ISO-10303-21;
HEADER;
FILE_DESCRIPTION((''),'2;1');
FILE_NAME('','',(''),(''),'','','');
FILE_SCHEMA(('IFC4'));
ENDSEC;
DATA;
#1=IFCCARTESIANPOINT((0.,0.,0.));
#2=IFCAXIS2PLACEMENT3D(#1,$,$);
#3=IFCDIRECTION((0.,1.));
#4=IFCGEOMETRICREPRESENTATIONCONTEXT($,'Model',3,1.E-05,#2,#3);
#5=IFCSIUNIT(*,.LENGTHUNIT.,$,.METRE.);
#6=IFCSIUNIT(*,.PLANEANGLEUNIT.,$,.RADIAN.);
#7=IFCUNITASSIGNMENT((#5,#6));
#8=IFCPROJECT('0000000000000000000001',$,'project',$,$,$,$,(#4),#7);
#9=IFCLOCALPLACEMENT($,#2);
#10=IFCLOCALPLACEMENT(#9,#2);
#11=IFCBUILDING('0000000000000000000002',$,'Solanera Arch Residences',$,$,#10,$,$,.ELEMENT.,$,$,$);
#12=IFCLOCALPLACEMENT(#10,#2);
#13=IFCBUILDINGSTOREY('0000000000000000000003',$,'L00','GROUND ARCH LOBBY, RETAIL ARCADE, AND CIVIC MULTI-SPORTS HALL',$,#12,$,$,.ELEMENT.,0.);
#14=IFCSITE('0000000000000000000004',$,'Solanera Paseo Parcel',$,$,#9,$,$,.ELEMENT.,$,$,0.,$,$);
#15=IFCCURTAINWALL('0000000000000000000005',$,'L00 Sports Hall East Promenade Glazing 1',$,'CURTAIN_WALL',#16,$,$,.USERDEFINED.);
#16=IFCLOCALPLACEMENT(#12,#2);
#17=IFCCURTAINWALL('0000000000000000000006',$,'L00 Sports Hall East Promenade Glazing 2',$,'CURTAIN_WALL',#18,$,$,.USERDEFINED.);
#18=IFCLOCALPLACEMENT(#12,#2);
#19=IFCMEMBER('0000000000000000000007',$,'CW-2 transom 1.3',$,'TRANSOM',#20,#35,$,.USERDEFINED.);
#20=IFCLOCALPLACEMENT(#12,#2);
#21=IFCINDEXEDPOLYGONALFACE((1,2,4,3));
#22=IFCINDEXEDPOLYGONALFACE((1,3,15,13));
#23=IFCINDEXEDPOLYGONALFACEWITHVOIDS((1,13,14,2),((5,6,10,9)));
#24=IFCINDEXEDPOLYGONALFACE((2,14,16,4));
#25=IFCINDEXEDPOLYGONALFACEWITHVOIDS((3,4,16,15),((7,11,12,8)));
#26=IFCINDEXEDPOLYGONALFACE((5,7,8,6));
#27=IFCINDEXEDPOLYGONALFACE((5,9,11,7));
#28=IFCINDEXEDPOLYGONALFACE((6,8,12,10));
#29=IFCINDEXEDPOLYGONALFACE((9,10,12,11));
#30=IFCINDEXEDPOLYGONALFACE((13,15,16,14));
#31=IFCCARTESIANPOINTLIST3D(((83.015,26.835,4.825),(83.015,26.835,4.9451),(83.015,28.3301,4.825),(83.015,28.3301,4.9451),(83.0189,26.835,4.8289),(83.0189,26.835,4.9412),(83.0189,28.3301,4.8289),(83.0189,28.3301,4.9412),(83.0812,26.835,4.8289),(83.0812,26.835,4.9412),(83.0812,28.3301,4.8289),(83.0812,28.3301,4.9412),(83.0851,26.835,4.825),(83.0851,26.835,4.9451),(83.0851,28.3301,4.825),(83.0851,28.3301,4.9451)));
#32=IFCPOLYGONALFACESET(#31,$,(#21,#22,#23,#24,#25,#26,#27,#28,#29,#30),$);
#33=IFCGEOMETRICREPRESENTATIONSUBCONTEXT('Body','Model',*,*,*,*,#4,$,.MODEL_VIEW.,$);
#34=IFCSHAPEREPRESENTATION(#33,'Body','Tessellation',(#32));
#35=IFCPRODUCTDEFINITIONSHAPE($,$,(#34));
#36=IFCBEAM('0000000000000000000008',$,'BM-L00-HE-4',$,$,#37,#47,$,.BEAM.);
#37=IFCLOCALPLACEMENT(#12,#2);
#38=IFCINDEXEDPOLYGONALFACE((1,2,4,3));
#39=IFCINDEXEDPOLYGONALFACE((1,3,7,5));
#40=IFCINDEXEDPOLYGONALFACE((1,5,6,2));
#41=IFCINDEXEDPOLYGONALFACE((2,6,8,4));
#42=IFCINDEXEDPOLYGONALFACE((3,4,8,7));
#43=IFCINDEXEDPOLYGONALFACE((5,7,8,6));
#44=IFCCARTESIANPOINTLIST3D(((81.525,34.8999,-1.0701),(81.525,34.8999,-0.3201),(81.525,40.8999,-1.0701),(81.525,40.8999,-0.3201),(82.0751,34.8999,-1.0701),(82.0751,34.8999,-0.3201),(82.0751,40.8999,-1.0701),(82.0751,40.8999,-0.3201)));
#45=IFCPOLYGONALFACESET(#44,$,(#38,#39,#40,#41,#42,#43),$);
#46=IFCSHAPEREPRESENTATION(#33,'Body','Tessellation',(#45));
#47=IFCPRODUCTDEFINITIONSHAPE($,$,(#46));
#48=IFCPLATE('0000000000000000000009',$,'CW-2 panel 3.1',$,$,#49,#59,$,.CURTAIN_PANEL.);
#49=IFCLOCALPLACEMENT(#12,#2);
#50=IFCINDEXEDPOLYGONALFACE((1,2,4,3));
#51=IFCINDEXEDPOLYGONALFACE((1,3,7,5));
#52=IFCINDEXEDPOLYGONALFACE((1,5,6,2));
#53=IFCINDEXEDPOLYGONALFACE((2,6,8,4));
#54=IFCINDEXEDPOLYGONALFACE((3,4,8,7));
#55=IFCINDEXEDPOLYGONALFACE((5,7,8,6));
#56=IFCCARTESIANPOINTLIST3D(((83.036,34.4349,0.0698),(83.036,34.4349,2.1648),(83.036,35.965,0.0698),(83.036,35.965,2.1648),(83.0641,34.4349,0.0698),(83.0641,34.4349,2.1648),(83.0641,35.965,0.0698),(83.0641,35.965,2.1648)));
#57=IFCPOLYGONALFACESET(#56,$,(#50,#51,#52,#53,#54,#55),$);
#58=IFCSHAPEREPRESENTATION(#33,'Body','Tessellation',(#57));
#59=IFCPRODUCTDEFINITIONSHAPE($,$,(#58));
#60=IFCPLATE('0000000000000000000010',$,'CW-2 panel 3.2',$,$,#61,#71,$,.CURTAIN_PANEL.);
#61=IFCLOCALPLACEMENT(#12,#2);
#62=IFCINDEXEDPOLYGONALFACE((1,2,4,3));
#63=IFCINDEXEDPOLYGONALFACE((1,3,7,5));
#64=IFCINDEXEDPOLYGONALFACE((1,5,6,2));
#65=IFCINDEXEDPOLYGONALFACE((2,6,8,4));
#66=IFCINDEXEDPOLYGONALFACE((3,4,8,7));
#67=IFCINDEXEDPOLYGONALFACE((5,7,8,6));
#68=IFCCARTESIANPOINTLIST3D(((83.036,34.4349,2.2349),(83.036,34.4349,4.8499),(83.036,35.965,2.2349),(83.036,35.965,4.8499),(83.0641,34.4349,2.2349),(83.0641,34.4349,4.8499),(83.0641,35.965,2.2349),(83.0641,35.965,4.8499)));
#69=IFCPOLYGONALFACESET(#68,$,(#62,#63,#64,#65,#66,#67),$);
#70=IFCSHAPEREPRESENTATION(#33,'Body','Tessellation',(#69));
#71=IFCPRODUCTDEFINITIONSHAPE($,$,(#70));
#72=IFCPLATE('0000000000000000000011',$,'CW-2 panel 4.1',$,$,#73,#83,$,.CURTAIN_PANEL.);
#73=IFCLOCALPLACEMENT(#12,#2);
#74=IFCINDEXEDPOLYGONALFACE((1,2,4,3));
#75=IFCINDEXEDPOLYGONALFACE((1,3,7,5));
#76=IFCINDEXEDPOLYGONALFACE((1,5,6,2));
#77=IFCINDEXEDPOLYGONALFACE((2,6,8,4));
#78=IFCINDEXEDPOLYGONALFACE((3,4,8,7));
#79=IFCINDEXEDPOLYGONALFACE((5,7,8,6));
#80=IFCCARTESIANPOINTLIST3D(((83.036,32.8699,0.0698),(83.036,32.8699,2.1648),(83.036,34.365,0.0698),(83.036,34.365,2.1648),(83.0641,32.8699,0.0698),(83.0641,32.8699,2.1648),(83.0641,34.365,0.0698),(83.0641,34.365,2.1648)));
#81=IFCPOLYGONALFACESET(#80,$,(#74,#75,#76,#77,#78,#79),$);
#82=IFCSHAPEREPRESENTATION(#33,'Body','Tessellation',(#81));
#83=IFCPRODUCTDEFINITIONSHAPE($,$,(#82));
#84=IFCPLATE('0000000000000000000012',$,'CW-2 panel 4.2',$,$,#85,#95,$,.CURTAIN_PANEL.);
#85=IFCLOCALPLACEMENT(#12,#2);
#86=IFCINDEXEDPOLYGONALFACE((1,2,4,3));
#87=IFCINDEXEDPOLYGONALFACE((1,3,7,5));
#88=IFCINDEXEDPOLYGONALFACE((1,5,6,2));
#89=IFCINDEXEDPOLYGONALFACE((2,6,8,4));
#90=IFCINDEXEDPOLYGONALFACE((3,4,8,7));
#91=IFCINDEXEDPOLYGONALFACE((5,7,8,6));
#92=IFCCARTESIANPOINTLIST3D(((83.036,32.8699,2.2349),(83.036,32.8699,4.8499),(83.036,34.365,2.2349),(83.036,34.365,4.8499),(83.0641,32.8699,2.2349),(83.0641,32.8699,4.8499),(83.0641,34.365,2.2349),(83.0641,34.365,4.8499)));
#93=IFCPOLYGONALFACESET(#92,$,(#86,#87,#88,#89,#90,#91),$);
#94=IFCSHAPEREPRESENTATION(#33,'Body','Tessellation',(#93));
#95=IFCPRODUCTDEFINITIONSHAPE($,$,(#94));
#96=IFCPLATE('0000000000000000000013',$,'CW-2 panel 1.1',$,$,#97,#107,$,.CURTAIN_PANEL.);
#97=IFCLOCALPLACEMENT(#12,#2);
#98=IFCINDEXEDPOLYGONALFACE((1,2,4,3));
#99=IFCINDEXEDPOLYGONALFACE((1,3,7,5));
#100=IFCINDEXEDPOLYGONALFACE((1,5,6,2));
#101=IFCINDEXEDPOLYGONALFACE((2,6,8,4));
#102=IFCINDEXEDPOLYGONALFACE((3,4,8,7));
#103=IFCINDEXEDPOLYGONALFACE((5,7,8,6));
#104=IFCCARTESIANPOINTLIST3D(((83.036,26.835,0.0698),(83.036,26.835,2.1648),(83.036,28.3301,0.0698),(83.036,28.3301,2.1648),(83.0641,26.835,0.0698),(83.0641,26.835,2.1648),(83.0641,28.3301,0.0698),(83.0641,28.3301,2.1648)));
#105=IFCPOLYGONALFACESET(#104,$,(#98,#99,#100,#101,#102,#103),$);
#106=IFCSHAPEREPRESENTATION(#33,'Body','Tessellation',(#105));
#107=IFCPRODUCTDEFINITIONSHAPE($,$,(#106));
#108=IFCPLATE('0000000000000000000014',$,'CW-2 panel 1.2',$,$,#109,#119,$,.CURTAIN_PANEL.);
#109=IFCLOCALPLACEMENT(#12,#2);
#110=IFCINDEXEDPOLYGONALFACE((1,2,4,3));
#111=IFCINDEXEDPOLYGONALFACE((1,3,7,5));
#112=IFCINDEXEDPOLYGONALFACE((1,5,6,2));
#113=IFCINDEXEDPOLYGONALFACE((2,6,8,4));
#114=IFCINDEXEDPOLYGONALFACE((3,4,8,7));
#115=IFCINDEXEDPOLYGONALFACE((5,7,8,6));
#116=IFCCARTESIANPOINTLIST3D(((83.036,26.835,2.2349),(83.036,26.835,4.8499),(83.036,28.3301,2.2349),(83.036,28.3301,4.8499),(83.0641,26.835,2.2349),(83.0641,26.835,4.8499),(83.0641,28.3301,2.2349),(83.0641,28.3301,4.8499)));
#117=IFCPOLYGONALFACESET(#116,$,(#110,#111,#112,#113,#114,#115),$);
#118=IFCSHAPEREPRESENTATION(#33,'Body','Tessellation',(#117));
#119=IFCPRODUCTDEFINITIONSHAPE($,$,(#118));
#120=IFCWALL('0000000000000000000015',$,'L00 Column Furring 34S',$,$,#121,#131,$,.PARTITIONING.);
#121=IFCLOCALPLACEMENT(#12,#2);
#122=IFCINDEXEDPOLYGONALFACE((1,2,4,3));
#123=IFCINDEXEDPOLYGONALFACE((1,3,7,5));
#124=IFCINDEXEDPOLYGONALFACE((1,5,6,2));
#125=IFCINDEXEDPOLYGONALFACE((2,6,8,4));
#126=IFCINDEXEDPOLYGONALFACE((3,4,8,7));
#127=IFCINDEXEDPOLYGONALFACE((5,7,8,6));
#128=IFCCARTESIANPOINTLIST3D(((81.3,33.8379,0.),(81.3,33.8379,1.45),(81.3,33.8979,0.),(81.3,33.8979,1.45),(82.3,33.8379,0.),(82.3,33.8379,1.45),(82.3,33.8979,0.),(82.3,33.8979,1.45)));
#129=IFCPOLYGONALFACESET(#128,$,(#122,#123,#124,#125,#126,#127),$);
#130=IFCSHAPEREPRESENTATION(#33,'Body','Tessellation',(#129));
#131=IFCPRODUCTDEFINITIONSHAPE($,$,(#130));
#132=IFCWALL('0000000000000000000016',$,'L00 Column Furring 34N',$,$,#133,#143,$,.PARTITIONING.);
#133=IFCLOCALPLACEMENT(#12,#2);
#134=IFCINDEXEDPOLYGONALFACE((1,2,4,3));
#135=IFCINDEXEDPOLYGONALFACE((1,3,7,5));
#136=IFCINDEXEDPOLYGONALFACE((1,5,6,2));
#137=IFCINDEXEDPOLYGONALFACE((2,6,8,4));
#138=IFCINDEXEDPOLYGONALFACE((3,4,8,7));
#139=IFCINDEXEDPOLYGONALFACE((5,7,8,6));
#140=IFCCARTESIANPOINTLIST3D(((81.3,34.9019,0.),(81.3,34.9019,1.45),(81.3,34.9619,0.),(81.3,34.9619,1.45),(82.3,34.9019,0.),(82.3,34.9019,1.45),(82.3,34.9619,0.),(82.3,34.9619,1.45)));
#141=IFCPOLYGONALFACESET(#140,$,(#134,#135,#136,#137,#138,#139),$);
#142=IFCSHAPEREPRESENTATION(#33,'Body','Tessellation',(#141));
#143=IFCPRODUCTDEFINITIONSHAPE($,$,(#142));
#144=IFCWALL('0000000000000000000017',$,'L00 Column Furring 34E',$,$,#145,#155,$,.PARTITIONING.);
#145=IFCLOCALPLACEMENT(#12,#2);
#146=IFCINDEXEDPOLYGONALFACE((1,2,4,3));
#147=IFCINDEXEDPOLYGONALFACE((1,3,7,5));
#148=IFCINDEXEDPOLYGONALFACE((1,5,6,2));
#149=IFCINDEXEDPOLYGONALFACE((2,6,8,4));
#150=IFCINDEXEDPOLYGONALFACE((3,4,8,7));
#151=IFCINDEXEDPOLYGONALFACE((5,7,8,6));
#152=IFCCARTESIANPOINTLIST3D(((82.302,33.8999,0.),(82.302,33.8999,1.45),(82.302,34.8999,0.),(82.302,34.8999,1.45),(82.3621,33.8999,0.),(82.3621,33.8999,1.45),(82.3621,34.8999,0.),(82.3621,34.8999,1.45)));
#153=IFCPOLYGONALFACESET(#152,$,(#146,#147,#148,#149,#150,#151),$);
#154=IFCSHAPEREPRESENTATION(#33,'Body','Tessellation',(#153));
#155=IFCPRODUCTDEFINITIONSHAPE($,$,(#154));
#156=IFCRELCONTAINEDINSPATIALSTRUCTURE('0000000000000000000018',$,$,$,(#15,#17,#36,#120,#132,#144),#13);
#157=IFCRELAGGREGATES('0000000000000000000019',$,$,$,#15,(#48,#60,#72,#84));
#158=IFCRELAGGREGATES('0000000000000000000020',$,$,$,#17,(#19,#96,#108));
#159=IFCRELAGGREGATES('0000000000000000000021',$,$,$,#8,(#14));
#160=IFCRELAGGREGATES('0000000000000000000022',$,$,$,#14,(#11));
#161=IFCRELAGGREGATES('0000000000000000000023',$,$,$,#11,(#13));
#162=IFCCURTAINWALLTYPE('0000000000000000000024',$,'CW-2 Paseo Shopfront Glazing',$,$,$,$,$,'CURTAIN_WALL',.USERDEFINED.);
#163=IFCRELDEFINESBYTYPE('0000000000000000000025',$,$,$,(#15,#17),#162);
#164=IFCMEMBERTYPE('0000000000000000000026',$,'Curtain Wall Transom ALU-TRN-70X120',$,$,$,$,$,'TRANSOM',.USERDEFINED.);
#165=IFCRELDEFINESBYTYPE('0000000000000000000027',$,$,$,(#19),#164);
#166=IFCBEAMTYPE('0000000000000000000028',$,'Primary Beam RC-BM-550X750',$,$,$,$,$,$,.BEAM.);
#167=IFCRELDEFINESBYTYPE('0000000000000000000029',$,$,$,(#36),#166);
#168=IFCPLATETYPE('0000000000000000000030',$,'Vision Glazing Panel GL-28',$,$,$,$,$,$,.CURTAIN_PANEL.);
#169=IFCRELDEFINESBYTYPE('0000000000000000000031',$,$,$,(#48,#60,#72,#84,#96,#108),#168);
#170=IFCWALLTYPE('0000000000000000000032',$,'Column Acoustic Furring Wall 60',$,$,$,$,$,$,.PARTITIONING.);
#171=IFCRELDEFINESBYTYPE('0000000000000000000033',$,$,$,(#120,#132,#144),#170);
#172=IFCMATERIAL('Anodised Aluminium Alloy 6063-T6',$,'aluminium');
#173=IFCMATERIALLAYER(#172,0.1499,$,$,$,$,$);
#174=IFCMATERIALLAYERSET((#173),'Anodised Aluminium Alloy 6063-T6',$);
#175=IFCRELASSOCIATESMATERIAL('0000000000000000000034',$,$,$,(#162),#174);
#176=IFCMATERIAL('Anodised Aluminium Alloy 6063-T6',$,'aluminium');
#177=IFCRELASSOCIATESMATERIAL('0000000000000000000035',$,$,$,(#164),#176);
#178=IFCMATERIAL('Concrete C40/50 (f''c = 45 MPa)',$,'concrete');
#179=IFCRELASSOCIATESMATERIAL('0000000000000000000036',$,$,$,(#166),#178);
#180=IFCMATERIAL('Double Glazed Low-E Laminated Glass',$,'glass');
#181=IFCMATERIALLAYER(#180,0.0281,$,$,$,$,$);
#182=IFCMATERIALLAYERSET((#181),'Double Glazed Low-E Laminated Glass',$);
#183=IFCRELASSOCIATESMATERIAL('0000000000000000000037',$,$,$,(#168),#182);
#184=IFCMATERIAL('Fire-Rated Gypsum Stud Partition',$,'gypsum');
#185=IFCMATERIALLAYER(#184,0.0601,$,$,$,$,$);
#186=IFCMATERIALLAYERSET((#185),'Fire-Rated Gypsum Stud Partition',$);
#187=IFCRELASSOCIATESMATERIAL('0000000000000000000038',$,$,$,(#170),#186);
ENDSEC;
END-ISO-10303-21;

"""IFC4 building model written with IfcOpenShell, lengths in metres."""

from ifc_helpers import new_model, si_unit, direction, frame, frame_2d, origin, origin_2d, place, context, subcontext, project, spatial, rectangle, hollow_rectangle, extrude, material, layer, layer_set, material_profile, profile_set, type_object, element, aggregate, save


model = new_model("IFC4")

# Units and contexts
model_context = context("Model", 3, precision=1e-05, world=origin(), true_north=direction((0.0, 1.0)))
body_context = subcontext(model_context, "Body", "Model", "MODEL_VIEW")
ifc_project = project(units=[si_unit("LENGTHUNIT", "METRE"), si_unit("PLANEANGLEUNIT", "RADIAN")], contexts=[model_context])

# Site, building, storey
site_placement = place(None, origin())
site = spatial("IfcSite", under=ifc_project, at=site_placement, Name="Solanera Paseo Parcel", CompositionType="ELEMENT", RefElevation=0.0)
building_placement = place(site_placement, origin())
building = spatial("IfcBuilding", under=site, at=building_placement, Name="Solanera Arch Residences", CompositionType="ELEMENT")
storey_placement = place(building_placement, origin())
storey = spatial("IfcBuildingStorey", under=building, at=storey_placement, Name="L00", Description="GROUND ARCH LOBBY, RETAIL ARCADE, AND CIVIC MULTI-SPORTS HALL", CompositionType="ELEMENT", Elevation=0.0)

# Curtain wall
ifc_material_1 = material(Name="Anodised Aluminium Alloy 6063-T6", Category="aluminium")
ifc_layer_1 = layer(ifc_material_1, 0.1499)
ifc_layer_set_1 = layer_set([ifc_layer_1], Name="Anodised Aluminium Alloy 6063-T6")
curtain_wall_type = type_object("IfcCurtainWallType", Name="CW-2 Paseo Shopfront Glazing", ElementType="CURTAIN_WALL", PredefinedType="USERDEFINED", material=ifc_layer_set_1)
curtain_wall_1_placement = place(storey_placement, origin())
curtain_wall_1 = element("IfcCurtainWall", 1, at=curtain_wall_1_placement, inside=storey, type_object=curtain_wall_type, Name="L00 Sports Hall East Promenade Glazing 1", ObjectType="CURTAIN_WALL", PredefinedType="USERDEFINED")

# Curtain wall
curtain_wall_2_placement = place(storey_placement, origin())
curtain_wall_2 = element("IfcCurtainWall", 2, at=curtain_wall_2_placement, inside=storey, type_object=curtain_wall_type, Name="L00 Sports Hall East Promenade Glazing 2", ObjectType="CURTAIN_WALL", PredefinedType="USERDEFINED")

# Member
ifc_material_2 = material(Name="Anodised Aluminium Alloy 6063-T6", Category="aluminium")
ifc_material_profile_1 = material_profile(ifc_material_2, hollow_rectangle(XDim=0.0701, YDim=0.1201, WallThickness=0.0039, at=origin_2d()))
ifc_profile_set_1 = profile_set([ifc_material_profile_1], Name="Anodised Aluminium Alloy 6063-T6")
member_type_1 = type_object("IfcMemberType", Name="Curtain Wall Transom ALU-TRN-70X120", ElementType="TRANSOM", PredefinedType="USERDEFINED", material=ifc_profile_set_1)
member_1_placement = place(storey_placement, frame((83.05, 28.3301, 4.885), z_axis=(0.0, -1.0, 0.0), x_axis=(1.0, 0.0, 0.0)))
member_1 = element("IfcMember", 3, at=member_1_placement, type_object=member_type_1, Name="CW-2 transom 1.3", ObjectType="TRANSOM", PredefinedType="USERDEFINED", context=body_context, shape_type="SweptSolid", body=[
    extrude(hollow_rectangle(XDim=0.0701, YDim=0.1201, WallThickness=0.0039, at=origin_2d()), origin(), (0.0, 0.0, 1.0), 1.4951),
])

# Beam
ifc_material_3 = material(Name="Concrete C40/50 (f'c = 45 MPa)", Category="concrete")
ifc_material_profile_2 = material_profile(ifc_material_3, rectangle(XDim=0.55, YDim=0.75, at=origin_2d()))
ifc_profile_set_2 = profile_set([ifc_material_profile_2], Name="Concrete C40/50 (f'c = 45 MPa)")
beam_type = type_object("IfcBeamType", Name="Primary Beam RC-BM-550X750", PredefinedType="BEAM", material=ifc_profile_set_2)
beam_placement = place(storey_placement, frame((81.8, 34.8999, -0.6951), z_axis=(0.0, 1.0, 0.0), x_axis=(-1.0, 0.0, 0.0)))
element("IfcBeam", 4, at=beam_placement, inside=storey, type_object=beam_type, Name="BM-L00-HE-4", PredefinedType="BEAM", context=body_context, shape_type="SweptSolid", body=[
    extrude(rectangle(XDim=0.55, YDim=0.75, at=origin_2d()), origin(), (0.0, 0.0, 1.0), 6.0),
])

# Plates
ifc_material_4 = material(Name="Double Glazed Low-E Laminated Glass", Category="glass")
ifc_layer_2 = layer(ifc_material_4, 0.0281)
ifc_layer_set_2 = layer_set([ifc_layer_2], Name="Double Glazed Low-E Laminated Glass")
plate_type = type_object("IfcPlateType", Name="Vision Glazing Panel GL-28", PredefinedType="CURTAIN_PANEL", material=ifc_layer_set_2)
plate_1_placement = place(storey_placement, frame((83.05, 35.2, 0.0698), z_axis=(0.0, 0.0, 1.0), x_axis=(0.0, -1.0, 0.0)))
plate_1 = element("IfcPlate", 5, at=plate_1_placement, type_object=plate_type, Name="CW-2 panel 3.1", PredefinedType="CURTAIN_PANEL", context=body_context, shape_type="SweptSolid", body=[
    extrude(rectangle(XDim=1.53, YDim=0.0281, at=origin_2d()), origin(), (0.0, 0.0, 1.0), 2.095),
])
plate_2_placement = place(storey_placement, frame((83.05, 35.2, 2.2349), z_axis=(0.0, 0.0, 1.0), x_axis=(0.0, -1.0, 0.0)))
plate_2 = element("IfcPlate", 6, at=plate_2_placement, type_object=plate_type, Name="CW-2 panel 3.2", PredefinedType="CURTAIN_PANEL", context=body_context, shape_type="SweptSolid", body=[
    extrude(rectangle(XDim=1.53, YDim=0.0281, at=origin_2d()), origin(), (0.0, 0.0, 1.0), 2.615),
])
plate_3_placement = place(storey_placement, frame((83.05, 33.6174, 0.0698), z_axis=(0.0, 0.0, 1.0), x_axis=(0.0, -1.0, 0.0)))
plate_3 = element("IfcPlate", 7, at=plate_3_placement, type_object=plate_type, Name="CW-2 panel 4.1", PredefinedType="CURTAIN_PANEL", context=body_context, shape_type="SweptSolid", body=[
    extrude(rectangle(XDim=1.4951, YDim=0.0281, at=origin_2d()), origin(), (0.0, 0.0, 1.0), 2.095),
])
plate_4_placement = place(storey_placement, frame((83.05, 33.6174, 2.2349), z_axis=(0.0, 0.0, 1.0), x_axis=(0.0, -1.0, 0.0)))
plate_4 = element("IfcPlate", 8, at=plate_4_placement, type_object=plate_type, Name="CW-2 panel 4.2", PredefinedType="CURTAIN_PANEL", context=body_context, shape_type="SweptSolid", body=[
    extrude(rectangle(XDim=1.4951, YDim=0.0281, at=origin_2d()), origin(), (0.0, 0.0, 1.0), 2.615),
])
aggregate(curtain_wall_1, [plate_1, plate_2, plate_3, plate_4])
plate_5_placement = place(storey_placement, frame((83.05, 27.5825, 0.0698), z_axis=(0.0, 0.0, 1.0), x_axis=(0.0, -1.0, 0.0)))
plate_5 = element("IfcPlate", 9, at=plate_5_placement, type_object=plate_type, Name="CW-2 panel 1.1", PredefinedType="CURTAIN_PANEL", context=body_context, shape_type="SweptSolid", body=[
    extrude(rectangle(XDim=1.4951, YDim=0.0281, at=origin_2d()), origin(), (0.0, 0.0, 1.0), 2.095),
])
plate_6_placement = place(storey_placement, frame((83.05, 27.5825, 2.2349), z_axis=(0.0, 0.0, 1.0), x_axis=(0.0, -1.0, 0.0)))
plate_6 = element("IfcPlate", 10, at=plate_6_placement, type_object=plate_type, Name="CW-2 panel 1.2", PredefinedType="CURTAIN_PANEL", context=body_context, shape_type="SweptSolid", body=[
    extrude(rectangle(XDim=1.4951, YDim=0.0281, at=origin_2d()), origin(), (0.0, 0.0, 1.0), 2.615),
])
aggregate(curtain_wall_2, [member_1, plate_5, plate_6])

# Walls
ifc_material_5 = material(Name="Fire-Rated Gypsum Stud Partition", Category="gypsum")
ifc_layer_3 = layer(ifc_material_5, 0.0601)
ifc_layer_set_3 = layer_set([ifc_layer_3], Name="Fire-Rated Gypsum Stud Partition")
wall_type_1 = type_object("IfcWallType", Name="Column Acoustic Furring Wall 60", PredefinedType="PARTITIONING", material=ifc_layer_set_3)
for number, where, z_axis, x_axis, name in (
    (11, (81.3, 33.8679, 0.0), (0.0, 0.0, 1.0), (1.0, 0.0, 0.0), "L00 Column Furring 34S"),
    (12, (81.3, 34.9319, 0.0), (0.0, 0.0, 1.0), (1.0, 0.0, 0.0), "L00 Column Furring 34N"),
    (13, (82.332, 33.8999, 0.0), (0.0, 0.0, 1.0), (0.0, 1.0, 0.0), "L00 Column Furring 34E"),
):
    element("IfcWall", number, at=place(storey_placement, frame(where, z_axis=z_axis, x_axis=x_axis)), inside=storey, type_object=wall_type_1, Name=name, PredefinedType="PARTITIONING", context=body_context, shape_type="SweptSolid", body=[
        extrude(rectangle(XDim=1.0, YDim=0.0601, at=frame_2d((0.5, 0.0))), origin(), (0.0, 0.0, 1.0), 1.45),
    ])

save(model, "model.ifc")
